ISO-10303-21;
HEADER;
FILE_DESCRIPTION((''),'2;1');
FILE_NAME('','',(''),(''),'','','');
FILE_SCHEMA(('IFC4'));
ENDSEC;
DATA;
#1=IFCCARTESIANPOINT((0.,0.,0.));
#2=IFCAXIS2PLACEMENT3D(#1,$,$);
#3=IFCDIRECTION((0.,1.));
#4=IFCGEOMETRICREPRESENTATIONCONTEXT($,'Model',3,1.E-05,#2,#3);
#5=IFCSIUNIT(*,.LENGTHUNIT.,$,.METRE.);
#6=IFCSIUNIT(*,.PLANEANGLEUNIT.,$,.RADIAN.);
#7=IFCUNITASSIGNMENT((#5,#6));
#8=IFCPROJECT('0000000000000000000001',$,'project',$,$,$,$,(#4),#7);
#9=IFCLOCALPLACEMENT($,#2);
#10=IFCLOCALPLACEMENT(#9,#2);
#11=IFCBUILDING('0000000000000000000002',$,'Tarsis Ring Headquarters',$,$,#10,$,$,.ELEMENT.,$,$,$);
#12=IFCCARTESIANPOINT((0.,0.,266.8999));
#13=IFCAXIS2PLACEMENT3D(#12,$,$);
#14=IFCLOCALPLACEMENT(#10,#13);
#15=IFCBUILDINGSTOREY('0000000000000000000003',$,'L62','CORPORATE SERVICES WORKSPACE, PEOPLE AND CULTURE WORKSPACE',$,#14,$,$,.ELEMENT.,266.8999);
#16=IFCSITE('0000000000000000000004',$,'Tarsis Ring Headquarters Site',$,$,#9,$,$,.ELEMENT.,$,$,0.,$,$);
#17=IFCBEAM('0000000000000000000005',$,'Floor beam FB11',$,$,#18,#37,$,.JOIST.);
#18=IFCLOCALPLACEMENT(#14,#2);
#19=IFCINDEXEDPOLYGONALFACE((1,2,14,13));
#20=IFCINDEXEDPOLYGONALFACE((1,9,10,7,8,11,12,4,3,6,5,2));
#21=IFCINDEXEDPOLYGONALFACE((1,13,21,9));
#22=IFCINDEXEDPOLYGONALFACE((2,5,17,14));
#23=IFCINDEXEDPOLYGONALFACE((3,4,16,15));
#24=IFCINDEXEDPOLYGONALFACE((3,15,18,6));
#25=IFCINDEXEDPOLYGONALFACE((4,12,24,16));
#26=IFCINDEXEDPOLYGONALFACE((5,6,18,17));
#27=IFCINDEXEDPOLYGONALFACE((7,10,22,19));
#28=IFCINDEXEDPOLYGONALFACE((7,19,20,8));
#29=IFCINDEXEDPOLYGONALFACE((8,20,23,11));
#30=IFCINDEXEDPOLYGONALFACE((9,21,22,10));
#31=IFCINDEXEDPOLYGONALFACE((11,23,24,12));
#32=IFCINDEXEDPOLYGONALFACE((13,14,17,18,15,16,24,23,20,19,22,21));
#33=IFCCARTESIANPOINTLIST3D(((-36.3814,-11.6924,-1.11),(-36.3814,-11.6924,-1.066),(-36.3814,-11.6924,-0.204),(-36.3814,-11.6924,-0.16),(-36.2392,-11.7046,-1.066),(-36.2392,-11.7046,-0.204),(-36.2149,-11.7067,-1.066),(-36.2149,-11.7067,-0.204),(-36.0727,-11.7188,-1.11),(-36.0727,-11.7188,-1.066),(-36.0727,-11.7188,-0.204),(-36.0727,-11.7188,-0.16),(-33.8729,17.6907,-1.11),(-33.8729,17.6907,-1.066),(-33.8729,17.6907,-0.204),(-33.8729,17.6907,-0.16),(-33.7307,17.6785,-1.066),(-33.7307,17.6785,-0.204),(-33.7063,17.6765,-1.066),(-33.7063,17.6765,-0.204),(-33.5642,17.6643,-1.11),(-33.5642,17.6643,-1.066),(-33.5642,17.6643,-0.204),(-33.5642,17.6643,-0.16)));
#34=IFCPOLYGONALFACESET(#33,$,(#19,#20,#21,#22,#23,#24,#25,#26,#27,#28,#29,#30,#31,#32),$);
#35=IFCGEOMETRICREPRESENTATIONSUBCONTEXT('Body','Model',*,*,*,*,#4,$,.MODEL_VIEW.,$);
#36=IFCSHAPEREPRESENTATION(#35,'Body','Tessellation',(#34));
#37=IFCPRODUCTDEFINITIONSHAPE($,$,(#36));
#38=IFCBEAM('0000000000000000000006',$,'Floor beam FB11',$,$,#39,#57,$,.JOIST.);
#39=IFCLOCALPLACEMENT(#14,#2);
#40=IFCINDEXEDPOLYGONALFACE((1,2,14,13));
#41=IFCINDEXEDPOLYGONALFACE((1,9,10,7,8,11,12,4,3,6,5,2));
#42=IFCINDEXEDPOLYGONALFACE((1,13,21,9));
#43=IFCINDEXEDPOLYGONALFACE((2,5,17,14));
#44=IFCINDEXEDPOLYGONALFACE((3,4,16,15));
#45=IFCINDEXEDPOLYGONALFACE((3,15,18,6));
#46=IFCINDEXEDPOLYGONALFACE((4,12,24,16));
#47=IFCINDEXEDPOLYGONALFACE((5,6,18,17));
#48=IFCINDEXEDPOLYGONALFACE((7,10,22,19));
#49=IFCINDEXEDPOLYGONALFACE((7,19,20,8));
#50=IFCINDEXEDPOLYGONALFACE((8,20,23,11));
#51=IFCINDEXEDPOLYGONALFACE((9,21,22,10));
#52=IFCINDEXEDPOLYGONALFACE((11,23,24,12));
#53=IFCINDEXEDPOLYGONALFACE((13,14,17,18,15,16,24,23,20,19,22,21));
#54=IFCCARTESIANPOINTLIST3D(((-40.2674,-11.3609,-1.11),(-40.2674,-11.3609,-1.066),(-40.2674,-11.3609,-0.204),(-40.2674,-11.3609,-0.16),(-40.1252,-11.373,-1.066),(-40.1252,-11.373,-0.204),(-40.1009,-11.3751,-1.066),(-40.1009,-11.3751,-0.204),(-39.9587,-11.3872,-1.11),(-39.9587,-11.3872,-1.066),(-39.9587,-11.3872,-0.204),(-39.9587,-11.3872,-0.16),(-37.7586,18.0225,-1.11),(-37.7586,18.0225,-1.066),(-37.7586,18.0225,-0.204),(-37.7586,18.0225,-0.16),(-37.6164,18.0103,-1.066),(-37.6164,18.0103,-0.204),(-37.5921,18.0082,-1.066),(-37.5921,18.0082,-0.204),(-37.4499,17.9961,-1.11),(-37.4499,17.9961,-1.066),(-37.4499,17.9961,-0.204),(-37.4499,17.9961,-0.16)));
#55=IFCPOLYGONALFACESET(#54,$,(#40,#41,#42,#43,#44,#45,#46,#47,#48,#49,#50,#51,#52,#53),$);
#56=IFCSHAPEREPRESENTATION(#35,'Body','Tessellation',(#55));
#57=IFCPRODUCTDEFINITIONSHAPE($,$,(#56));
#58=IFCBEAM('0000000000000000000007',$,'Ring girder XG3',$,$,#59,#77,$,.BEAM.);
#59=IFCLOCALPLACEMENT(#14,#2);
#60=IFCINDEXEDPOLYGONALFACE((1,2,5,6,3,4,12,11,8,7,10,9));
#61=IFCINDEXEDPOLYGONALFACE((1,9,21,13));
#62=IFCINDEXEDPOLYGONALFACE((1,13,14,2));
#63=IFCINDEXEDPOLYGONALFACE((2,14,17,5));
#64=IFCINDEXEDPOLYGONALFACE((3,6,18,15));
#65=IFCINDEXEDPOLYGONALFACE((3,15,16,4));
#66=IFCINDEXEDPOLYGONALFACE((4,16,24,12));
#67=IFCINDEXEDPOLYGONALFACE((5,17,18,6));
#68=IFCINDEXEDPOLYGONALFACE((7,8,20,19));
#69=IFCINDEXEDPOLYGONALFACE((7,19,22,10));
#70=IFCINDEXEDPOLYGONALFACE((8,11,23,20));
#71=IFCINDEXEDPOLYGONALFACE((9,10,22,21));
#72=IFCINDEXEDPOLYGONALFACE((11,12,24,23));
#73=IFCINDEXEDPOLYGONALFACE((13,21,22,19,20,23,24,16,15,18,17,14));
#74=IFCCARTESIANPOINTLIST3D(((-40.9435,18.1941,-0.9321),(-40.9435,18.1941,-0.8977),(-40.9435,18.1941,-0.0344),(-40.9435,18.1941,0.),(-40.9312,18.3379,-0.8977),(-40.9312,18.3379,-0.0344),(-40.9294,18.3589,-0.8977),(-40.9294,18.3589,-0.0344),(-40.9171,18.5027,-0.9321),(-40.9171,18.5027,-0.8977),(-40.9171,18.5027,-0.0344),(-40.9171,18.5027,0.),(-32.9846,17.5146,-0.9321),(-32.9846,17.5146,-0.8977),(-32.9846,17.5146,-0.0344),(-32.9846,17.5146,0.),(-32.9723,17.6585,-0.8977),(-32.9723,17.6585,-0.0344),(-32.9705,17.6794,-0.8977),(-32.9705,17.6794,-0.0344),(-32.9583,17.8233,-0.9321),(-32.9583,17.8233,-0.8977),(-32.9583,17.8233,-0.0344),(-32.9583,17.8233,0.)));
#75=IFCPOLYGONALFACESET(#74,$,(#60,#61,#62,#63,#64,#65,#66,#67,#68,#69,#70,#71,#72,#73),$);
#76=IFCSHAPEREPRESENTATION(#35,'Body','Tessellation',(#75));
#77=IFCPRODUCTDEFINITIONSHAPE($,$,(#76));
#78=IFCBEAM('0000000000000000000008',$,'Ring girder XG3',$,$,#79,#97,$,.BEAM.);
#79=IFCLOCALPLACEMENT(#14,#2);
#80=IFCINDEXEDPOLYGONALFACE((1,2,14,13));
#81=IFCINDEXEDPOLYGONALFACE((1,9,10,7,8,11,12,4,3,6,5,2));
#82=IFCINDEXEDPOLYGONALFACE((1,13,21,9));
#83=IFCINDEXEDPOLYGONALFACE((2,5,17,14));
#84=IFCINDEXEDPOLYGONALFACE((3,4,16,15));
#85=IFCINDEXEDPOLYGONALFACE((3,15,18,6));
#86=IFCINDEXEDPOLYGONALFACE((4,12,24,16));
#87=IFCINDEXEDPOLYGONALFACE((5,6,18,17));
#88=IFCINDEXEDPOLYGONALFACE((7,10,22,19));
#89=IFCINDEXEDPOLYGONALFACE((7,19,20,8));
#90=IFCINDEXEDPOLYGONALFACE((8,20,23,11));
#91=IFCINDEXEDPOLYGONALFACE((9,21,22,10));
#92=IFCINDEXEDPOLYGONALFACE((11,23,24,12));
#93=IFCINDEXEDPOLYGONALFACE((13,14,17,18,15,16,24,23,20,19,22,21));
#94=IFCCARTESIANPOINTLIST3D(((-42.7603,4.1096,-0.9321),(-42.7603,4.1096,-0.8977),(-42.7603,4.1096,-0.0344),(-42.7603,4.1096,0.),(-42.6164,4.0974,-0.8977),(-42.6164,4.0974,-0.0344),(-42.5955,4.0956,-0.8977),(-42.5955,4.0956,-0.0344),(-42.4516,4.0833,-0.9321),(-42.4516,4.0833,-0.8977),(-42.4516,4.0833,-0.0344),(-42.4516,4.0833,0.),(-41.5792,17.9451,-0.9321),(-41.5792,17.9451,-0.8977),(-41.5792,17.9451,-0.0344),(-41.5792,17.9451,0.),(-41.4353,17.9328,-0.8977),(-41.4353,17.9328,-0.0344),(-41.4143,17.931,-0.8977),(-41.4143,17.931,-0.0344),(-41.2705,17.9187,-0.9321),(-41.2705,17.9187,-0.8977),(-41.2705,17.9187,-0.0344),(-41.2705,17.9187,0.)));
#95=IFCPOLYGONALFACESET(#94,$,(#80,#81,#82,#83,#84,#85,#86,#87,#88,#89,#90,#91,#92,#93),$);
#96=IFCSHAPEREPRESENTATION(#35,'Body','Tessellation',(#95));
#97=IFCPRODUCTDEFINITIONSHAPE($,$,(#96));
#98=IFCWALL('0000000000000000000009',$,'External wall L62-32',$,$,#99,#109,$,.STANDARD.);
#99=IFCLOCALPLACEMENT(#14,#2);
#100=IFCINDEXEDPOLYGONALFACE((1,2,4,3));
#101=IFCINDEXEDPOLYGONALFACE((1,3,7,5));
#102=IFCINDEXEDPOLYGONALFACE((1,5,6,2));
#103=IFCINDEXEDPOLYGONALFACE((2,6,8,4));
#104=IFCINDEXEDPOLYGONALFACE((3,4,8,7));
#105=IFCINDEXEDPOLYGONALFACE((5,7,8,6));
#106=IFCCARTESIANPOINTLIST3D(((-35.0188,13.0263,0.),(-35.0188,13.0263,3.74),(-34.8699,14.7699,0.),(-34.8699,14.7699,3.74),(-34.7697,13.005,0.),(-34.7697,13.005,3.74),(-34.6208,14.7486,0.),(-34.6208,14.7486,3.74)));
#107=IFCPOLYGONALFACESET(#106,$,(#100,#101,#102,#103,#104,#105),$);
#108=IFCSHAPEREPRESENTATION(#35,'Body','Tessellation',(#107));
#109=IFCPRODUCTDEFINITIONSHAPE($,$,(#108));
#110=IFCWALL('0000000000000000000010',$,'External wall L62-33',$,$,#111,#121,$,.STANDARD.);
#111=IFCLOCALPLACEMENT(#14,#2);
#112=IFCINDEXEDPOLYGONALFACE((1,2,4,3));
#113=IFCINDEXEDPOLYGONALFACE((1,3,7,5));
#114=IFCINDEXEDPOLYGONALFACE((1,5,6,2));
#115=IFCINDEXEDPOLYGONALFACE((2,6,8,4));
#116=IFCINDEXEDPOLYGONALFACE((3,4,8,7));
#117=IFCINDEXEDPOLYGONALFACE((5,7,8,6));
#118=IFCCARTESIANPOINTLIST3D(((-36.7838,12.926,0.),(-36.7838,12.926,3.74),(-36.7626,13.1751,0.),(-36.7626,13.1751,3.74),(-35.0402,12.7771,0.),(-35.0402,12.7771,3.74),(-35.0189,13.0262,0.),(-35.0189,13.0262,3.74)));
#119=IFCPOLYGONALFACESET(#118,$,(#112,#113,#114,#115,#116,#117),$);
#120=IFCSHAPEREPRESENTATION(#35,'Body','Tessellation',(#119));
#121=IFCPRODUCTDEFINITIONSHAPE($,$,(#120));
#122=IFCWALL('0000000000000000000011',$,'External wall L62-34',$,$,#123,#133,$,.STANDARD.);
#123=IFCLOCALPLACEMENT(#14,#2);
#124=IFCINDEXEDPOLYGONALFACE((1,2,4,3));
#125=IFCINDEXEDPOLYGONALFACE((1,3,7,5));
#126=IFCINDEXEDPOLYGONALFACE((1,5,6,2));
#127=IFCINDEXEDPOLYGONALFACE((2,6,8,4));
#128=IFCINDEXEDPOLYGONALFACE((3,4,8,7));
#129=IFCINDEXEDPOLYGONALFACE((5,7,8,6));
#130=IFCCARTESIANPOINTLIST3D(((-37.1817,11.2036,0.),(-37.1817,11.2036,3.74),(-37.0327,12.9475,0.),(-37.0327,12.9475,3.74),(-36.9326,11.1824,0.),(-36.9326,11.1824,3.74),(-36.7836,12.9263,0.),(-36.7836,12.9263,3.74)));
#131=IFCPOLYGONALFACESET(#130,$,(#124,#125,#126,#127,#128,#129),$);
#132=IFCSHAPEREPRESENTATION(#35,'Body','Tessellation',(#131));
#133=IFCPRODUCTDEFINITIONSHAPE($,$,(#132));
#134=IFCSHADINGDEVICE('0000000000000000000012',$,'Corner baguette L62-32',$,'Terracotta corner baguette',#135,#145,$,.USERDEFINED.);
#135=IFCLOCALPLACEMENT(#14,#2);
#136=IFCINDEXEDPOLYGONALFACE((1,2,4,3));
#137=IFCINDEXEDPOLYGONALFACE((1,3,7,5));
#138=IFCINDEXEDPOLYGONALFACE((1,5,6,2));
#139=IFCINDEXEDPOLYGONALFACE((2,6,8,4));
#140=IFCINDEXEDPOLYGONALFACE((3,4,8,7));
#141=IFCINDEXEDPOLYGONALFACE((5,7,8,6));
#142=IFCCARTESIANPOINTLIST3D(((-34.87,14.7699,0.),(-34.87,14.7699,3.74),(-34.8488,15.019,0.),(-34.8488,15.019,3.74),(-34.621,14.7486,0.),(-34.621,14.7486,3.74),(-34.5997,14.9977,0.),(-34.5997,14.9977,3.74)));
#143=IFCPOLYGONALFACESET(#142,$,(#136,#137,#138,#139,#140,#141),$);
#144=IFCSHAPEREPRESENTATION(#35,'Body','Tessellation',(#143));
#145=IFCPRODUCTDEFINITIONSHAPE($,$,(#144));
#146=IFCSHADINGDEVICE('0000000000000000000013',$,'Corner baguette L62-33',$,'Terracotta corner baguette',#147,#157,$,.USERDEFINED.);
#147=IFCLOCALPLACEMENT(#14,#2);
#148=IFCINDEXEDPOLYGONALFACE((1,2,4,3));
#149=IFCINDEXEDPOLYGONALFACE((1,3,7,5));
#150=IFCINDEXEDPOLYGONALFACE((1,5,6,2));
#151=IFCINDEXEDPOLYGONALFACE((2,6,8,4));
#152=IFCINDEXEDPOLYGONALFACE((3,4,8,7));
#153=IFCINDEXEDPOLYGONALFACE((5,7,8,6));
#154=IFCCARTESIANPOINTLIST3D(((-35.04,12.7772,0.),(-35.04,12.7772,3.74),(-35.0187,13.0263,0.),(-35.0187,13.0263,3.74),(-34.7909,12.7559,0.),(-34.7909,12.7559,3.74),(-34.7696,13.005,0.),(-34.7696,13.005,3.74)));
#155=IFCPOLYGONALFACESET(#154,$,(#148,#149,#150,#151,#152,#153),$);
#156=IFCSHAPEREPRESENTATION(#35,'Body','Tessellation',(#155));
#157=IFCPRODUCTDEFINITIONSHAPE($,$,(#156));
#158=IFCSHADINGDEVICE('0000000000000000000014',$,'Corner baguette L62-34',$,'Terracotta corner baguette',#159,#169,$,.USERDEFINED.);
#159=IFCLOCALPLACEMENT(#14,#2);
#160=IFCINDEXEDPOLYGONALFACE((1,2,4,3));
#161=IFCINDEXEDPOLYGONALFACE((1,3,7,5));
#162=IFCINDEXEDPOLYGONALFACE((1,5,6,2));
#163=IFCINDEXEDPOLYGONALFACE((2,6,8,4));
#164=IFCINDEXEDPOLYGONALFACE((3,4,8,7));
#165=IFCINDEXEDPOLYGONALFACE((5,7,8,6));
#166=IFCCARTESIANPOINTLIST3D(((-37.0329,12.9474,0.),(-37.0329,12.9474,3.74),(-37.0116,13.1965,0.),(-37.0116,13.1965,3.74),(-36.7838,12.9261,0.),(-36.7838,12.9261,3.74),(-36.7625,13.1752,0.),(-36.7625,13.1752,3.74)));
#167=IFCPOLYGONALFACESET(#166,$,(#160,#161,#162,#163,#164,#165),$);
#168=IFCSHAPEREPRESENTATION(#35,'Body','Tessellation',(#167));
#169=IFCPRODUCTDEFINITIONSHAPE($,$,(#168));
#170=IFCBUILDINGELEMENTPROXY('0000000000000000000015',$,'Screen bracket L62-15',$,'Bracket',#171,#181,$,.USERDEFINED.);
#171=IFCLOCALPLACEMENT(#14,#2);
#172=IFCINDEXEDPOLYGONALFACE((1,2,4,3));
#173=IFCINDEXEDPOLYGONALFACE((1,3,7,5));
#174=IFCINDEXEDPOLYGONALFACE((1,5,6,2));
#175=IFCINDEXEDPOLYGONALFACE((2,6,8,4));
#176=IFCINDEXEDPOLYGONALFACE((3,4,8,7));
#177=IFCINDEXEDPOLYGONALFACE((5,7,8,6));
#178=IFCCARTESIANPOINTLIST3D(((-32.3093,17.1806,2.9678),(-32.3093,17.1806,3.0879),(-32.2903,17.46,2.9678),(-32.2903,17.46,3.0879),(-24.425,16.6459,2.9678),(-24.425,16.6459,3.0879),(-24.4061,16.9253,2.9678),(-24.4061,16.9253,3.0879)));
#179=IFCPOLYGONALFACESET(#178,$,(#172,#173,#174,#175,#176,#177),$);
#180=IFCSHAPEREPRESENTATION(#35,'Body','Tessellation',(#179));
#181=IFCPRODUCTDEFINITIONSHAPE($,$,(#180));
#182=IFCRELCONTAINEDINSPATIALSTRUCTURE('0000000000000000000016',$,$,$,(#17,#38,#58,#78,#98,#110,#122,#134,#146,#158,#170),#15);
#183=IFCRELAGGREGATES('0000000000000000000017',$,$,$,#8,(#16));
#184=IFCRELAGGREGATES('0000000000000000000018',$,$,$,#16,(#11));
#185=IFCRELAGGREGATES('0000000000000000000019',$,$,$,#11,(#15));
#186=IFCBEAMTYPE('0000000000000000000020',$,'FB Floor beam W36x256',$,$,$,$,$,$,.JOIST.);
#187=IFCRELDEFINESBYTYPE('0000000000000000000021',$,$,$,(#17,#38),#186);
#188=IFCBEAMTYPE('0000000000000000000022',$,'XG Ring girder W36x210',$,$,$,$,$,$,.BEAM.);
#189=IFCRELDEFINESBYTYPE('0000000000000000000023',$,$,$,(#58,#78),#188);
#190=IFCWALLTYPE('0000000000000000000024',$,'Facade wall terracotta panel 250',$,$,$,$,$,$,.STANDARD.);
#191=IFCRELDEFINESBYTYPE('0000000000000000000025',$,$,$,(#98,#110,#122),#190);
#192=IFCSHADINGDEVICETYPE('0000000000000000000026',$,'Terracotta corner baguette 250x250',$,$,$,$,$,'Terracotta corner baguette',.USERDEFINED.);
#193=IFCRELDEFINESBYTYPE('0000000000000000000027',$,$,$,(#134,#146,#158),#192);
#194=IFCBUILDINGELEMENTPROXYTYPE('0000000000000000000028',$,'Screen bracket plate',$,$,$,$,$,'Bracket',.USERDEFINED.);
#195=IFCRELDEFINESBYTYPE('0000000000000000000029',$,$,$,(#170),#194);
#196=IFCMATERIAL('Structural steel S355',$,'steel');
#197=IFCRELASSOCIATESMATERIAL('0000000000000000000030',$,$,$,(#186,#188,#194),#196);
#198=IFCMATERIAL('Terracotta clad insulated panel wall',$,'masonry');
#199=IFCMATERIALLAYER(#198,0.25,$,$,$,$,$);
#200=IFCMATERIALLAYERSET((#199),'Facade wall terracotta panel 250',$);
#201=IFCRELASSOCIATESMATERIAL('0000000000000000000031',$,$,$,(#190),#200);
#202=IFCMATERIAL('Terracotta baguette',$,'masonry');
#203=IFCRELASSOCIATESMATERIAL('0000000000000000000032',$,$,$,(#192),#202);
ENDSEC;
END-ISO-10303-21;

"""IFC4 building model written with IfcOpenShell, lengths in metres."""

from ifc_helpers import new_model, si_unit, direction, frame, frame_2d, origin, origin_2d, place, context, subcontext, project, spatial, rectangle, i_section, extrude, material, layer, layer_set, material_profile, profile_set, type_object, element, save


model = new_model("IFC4")

# Units and contexts
model_context = context("Model", 3, precision=1e-05, world=origin(), true_north=direction((0.0, 1.0)))
body_context = subcontext(model_context, "Body", "Model", "MODEL_VIEW")
ifc_project = project(units=[si_unit("LENGTHUNIT", "METRE"), si_unit("PLANEANGLEUNIT", "RADIAN")], contexts=[model_context])

# Site, building, storey
site_placement = place(None, origin())
site = spatial("IfcSite", under=ifc_project, at=site_placement, Name="Tarsis Ring Headquarters Site", CompositionType="ELEMENT", RefElevation=0.0)
building_placement = place(site_placement, origin())
building = spatial("IfcBuilding", under=site, at=building_placement, Name="Tarsis Ring Headquarters", CompositionType="ELEMENT")
storey_placement = place(building_placement, frame((0.0, 0.0, 266.8999)))
storey = spatial("IfcBuildingStorey", under=building, at=storey_placement, Name="L62", Description="CORPORATE SERVICES WORKSPACE, PEOPLE AND CULTURE WORKSPACE", CompositionType="ELEMENT", Elevation=266.8999)

# Shared definitions
ifc_material_1 = material(Name="Structural steel S355", Category="steel")

# Beams
ifc_material_profile_1 = material_profile(ifc_material_1, i_section(OverallWidth=0.3098, OverallDepth=0.95, WebThickness=0.0244, FlangeThickness=0.0439, at=origin_2d()), Name="W36x256")
ifc_profile_set_1 = profile_set([ifc_material_profile_1], Name="Structural steel S355")
beam_type_1 = type_object("IfcBeamType", Name="FB Floor beam W36x256", PredefinedType="JOIST", material=ifc_profile_set_1)
for number, where, z_axis, x_axis, name in (
    (1, (-33.7185, 17.6775, -0.635), (-0.085064, -0.996375, 0.0), (0.996375, -0.085064, 0.0), "Floor beam FB11"),
):
    element("IfcBeam", number, at=place(storey_placement, frame(where, z_axis=z_axis, x_axis=x_axis)), inside=storey, type_object=beam_type_1, Name=name, PredefinedType="JOIST", context=body_context, shape_type="SweptSolid", body=[
        extrude(i_section(OverallWidth=0.3098, OverallDepth=0.95, WebThickness=0.0244, FlangeThickness=0.0439, at=origin_2d()), origin(), (0.0, 0.0, 1.0), 29.49),
    ])
beam_1_placement = place(storey_placement, frame((-37.6042, 18.0093, -0.635), z_axis=(-0.085072, -0.996375, 0.0), x_axis=(0.996375, -0.085072, 0.0)))
element("IfcBeam", 2, at=beam_1_placement, inside=storey, type_object=beam_type_1, Name="Floor beam FB11", PredefinedType="JOIST", context=body_context, shape_type="SweptSolid", body=[
    extrude(i_section(OverallWidth=0.3098, OverallDepth=0.95, WebThickness=0.0244, FlangeThickness=0.0439, at=origin_2d()), origin(), (0.0, 0.0, 1.0), 29.4902),
])
ifc_material_profile_2 = material_profile(ifc_material_1, i_section(OverallWidth=0.3098, OverallDepth=0.9321, WebThickness=0.021, FlangeThickness=0.0344, at=origin_2d()), Name="W36x210")
ifc_profile_set_2 = profile_set([ifc_material_profile_2], Name="Structural steel S355")
beam_type_2 = type_object("IfcBeamType", Name="XG Ring girder W36x210", PredefinedType="BEAM", material=ifc_profile_set_2)
beam_2_placement = place(storey_placement, frame((-32.9714, 17.6689, -0.4661), z_axis=(-0.996376, 0.085061, 0.0), x_axis=(-0.085061, -0.996376, 0.0)))
element("IfcBeam", 3, at=beam_2_placement, inside=storey, type_object=beam_type_2, Name="Ring girder XG3", PredefinedType="BEAM", context=body_context, shape_type="SweptSolid", body=[
    extrude(i_section(OverallWidth=0.3098, OverallDepth=0.9321, WebThickness=0.021, FlangeThickness=0.0344, at=origin_2d()), origin(), (0.0, 0.0, 1.0), 7.9878),
])
beam_3_placement = place(storey_placement, frame((-41.4248, 17.9319, -0.4661), z_axis=(-0.085062, -0.996376, 0.0), x_axis=(0.996376, -0.085062, 0.0)))
element("IfcBeam", 4, at=beam_3_placement, inside=storey, type_object=beam_type_2, Name="Ring girder XG3", PredefinedType="BEAM", context=body_context, shape_type="SweptSolid", body=[
    extrude(i_section(OverallWidth=0.3098, OverallDepth=0.9321, WebThickness=0.021, FlangeThickness=0.0344, at=origin_2d()), origin(), (0.0, 0.0, 1.0), 13.8857),
])

# Walls
ifc_material_2 = material(Name="Terracotta clad insulated panel wall", Category="masonry")
ifc_layer = layer(ifc_material_2, 0.25)
ifc_layer_set = layer_set([ifc_layer], Name="Facade wall terracotta panel 250")
wall_type = type_object("IfcWallType", Name="Facade wall terracotta panel 250", PredefinedType="STANDARD", material=ifc_layer_set)
for number, where, z_axis, x_axis, name in (
    (5, (-34.7454, 14.7593, 0.0), (0.0, 0.0, 1.0), (-0.0851, -0.996372, 0.0), "External wall L62-32"),
    (6, (-35.0295, 12.9016, 0.0), (0.0, 0.0, 1.0), (-0.996372, 0.0851, 0.0), "External wall L62-33"),
):
    element("IfcWall", number, at=place(storey_placement, frame(where, z_axis=z_axis, x_axis=x_axis)), inside=storey, type_object=wall_type, Name=name, PredefinedType="STANDARD", context=body_context, shape_type="SweptSolid", body=[
        extrude(rectangle(XDim=1.75, YDim=0.25, at=frame_2d((0.875, 0.0))), origin(), (0.0, 0.0, 1.0), 3.74),
    ])
wall_placement = place(storey_placement, frame((-36.9082, 12.9368, 0.0), z_axis=(0.0, 0.0, 1.0), x_axis=(-0.085089, -0.996373, 0.0)))
element("IfcWall", 7, at=wall_placement, inside=storey, type_object=wall_type, Name="External wall L62-34", PredefinedType="STANDARD", context=body_context, shape_type="SweptSolid", body=[
    extrude(rectangle(XDim=1.7502, YDim=0.25, at=frame_2d((0.875, 0.0))), origin(), (0.0, 0.0, 1.0), 3.74),
])

# Shading devices
ifc_material_3 = material(Name="Terracotta baguette", Category="masonry")
shading_device_type_1 = type_object("IfcShadingDeviceType", Name="Terracotta corner baguette 250x250", ElementType="Terracotta corner baguette", PredefinedType="USERDEFINED", material=ifc_material_3)
for number, where, z_axis, x_axis, name in (
    (8, (-34.7349, 14.8838, 0.0), (0.0, 0.0, 1.0), (-0.996375, 0.085069, 0.0), "Corner baguette L62-32"),
    (9, (-34.9048, 12.8911, 0.0), (0.0, 0.0, 1.0), (-0.085069, -0.996375, 0.0), "Corner baguette L62-33"),
    (10, (-36.8977, 13.0613, 0.0), (0.0, 0.0, 1.0), (-0.996375, 0.085069, 0.0), "Corner baguette L62-34"),
):
    element("IfcShadingDevice", number, at=place(storey_placement, frame(where, z_axis=z_axis, x_axis=x_axis)), inside=storey, type_object=shading_device_type_1, Name=name, ObjectType="Terracotta corner baguette", PredefinedType="USERDEFINED", context=body_context, shape_type="SweptSolid", body=[
        extrude(rectangle(XDim=0.25, YDim=0.25, at=origin_2d()), origin(), (0.0, 0.0, 1.0), 3.74),
    ])

# Building element proxy
building_element_proxy_type = type_object("IfcBuildingElementProxyType", Name="Screen bracket plate", ElementType="Bracket", PredefinedType="USERDEFINED", material=ifc_material_1)
proxy_placement = place(storey_placement, frame((-28.3577, 17.053, 2.9678), z_axis=(0.0, 0.0, 1.0), x_axis=(-0.997708, 0.067667, 0.0)))
element("IfcBuildingElementProxy", 11, at=proxy_placement, inside=storey, type_object=building_element_proxy_type, Name="Screen bracket L62-15", ObjectType="Bracket", PredefinedType="USERDEFINED", context=body_context, shape_type="SweptSolid", body=[
    extrude(rectangle(XDim=7.9023, YDim=0.28, at=origin_2d()), origin(), (0.0, 0.0, 1.0), 0.1201),
])

save(model, "model.ifc")
